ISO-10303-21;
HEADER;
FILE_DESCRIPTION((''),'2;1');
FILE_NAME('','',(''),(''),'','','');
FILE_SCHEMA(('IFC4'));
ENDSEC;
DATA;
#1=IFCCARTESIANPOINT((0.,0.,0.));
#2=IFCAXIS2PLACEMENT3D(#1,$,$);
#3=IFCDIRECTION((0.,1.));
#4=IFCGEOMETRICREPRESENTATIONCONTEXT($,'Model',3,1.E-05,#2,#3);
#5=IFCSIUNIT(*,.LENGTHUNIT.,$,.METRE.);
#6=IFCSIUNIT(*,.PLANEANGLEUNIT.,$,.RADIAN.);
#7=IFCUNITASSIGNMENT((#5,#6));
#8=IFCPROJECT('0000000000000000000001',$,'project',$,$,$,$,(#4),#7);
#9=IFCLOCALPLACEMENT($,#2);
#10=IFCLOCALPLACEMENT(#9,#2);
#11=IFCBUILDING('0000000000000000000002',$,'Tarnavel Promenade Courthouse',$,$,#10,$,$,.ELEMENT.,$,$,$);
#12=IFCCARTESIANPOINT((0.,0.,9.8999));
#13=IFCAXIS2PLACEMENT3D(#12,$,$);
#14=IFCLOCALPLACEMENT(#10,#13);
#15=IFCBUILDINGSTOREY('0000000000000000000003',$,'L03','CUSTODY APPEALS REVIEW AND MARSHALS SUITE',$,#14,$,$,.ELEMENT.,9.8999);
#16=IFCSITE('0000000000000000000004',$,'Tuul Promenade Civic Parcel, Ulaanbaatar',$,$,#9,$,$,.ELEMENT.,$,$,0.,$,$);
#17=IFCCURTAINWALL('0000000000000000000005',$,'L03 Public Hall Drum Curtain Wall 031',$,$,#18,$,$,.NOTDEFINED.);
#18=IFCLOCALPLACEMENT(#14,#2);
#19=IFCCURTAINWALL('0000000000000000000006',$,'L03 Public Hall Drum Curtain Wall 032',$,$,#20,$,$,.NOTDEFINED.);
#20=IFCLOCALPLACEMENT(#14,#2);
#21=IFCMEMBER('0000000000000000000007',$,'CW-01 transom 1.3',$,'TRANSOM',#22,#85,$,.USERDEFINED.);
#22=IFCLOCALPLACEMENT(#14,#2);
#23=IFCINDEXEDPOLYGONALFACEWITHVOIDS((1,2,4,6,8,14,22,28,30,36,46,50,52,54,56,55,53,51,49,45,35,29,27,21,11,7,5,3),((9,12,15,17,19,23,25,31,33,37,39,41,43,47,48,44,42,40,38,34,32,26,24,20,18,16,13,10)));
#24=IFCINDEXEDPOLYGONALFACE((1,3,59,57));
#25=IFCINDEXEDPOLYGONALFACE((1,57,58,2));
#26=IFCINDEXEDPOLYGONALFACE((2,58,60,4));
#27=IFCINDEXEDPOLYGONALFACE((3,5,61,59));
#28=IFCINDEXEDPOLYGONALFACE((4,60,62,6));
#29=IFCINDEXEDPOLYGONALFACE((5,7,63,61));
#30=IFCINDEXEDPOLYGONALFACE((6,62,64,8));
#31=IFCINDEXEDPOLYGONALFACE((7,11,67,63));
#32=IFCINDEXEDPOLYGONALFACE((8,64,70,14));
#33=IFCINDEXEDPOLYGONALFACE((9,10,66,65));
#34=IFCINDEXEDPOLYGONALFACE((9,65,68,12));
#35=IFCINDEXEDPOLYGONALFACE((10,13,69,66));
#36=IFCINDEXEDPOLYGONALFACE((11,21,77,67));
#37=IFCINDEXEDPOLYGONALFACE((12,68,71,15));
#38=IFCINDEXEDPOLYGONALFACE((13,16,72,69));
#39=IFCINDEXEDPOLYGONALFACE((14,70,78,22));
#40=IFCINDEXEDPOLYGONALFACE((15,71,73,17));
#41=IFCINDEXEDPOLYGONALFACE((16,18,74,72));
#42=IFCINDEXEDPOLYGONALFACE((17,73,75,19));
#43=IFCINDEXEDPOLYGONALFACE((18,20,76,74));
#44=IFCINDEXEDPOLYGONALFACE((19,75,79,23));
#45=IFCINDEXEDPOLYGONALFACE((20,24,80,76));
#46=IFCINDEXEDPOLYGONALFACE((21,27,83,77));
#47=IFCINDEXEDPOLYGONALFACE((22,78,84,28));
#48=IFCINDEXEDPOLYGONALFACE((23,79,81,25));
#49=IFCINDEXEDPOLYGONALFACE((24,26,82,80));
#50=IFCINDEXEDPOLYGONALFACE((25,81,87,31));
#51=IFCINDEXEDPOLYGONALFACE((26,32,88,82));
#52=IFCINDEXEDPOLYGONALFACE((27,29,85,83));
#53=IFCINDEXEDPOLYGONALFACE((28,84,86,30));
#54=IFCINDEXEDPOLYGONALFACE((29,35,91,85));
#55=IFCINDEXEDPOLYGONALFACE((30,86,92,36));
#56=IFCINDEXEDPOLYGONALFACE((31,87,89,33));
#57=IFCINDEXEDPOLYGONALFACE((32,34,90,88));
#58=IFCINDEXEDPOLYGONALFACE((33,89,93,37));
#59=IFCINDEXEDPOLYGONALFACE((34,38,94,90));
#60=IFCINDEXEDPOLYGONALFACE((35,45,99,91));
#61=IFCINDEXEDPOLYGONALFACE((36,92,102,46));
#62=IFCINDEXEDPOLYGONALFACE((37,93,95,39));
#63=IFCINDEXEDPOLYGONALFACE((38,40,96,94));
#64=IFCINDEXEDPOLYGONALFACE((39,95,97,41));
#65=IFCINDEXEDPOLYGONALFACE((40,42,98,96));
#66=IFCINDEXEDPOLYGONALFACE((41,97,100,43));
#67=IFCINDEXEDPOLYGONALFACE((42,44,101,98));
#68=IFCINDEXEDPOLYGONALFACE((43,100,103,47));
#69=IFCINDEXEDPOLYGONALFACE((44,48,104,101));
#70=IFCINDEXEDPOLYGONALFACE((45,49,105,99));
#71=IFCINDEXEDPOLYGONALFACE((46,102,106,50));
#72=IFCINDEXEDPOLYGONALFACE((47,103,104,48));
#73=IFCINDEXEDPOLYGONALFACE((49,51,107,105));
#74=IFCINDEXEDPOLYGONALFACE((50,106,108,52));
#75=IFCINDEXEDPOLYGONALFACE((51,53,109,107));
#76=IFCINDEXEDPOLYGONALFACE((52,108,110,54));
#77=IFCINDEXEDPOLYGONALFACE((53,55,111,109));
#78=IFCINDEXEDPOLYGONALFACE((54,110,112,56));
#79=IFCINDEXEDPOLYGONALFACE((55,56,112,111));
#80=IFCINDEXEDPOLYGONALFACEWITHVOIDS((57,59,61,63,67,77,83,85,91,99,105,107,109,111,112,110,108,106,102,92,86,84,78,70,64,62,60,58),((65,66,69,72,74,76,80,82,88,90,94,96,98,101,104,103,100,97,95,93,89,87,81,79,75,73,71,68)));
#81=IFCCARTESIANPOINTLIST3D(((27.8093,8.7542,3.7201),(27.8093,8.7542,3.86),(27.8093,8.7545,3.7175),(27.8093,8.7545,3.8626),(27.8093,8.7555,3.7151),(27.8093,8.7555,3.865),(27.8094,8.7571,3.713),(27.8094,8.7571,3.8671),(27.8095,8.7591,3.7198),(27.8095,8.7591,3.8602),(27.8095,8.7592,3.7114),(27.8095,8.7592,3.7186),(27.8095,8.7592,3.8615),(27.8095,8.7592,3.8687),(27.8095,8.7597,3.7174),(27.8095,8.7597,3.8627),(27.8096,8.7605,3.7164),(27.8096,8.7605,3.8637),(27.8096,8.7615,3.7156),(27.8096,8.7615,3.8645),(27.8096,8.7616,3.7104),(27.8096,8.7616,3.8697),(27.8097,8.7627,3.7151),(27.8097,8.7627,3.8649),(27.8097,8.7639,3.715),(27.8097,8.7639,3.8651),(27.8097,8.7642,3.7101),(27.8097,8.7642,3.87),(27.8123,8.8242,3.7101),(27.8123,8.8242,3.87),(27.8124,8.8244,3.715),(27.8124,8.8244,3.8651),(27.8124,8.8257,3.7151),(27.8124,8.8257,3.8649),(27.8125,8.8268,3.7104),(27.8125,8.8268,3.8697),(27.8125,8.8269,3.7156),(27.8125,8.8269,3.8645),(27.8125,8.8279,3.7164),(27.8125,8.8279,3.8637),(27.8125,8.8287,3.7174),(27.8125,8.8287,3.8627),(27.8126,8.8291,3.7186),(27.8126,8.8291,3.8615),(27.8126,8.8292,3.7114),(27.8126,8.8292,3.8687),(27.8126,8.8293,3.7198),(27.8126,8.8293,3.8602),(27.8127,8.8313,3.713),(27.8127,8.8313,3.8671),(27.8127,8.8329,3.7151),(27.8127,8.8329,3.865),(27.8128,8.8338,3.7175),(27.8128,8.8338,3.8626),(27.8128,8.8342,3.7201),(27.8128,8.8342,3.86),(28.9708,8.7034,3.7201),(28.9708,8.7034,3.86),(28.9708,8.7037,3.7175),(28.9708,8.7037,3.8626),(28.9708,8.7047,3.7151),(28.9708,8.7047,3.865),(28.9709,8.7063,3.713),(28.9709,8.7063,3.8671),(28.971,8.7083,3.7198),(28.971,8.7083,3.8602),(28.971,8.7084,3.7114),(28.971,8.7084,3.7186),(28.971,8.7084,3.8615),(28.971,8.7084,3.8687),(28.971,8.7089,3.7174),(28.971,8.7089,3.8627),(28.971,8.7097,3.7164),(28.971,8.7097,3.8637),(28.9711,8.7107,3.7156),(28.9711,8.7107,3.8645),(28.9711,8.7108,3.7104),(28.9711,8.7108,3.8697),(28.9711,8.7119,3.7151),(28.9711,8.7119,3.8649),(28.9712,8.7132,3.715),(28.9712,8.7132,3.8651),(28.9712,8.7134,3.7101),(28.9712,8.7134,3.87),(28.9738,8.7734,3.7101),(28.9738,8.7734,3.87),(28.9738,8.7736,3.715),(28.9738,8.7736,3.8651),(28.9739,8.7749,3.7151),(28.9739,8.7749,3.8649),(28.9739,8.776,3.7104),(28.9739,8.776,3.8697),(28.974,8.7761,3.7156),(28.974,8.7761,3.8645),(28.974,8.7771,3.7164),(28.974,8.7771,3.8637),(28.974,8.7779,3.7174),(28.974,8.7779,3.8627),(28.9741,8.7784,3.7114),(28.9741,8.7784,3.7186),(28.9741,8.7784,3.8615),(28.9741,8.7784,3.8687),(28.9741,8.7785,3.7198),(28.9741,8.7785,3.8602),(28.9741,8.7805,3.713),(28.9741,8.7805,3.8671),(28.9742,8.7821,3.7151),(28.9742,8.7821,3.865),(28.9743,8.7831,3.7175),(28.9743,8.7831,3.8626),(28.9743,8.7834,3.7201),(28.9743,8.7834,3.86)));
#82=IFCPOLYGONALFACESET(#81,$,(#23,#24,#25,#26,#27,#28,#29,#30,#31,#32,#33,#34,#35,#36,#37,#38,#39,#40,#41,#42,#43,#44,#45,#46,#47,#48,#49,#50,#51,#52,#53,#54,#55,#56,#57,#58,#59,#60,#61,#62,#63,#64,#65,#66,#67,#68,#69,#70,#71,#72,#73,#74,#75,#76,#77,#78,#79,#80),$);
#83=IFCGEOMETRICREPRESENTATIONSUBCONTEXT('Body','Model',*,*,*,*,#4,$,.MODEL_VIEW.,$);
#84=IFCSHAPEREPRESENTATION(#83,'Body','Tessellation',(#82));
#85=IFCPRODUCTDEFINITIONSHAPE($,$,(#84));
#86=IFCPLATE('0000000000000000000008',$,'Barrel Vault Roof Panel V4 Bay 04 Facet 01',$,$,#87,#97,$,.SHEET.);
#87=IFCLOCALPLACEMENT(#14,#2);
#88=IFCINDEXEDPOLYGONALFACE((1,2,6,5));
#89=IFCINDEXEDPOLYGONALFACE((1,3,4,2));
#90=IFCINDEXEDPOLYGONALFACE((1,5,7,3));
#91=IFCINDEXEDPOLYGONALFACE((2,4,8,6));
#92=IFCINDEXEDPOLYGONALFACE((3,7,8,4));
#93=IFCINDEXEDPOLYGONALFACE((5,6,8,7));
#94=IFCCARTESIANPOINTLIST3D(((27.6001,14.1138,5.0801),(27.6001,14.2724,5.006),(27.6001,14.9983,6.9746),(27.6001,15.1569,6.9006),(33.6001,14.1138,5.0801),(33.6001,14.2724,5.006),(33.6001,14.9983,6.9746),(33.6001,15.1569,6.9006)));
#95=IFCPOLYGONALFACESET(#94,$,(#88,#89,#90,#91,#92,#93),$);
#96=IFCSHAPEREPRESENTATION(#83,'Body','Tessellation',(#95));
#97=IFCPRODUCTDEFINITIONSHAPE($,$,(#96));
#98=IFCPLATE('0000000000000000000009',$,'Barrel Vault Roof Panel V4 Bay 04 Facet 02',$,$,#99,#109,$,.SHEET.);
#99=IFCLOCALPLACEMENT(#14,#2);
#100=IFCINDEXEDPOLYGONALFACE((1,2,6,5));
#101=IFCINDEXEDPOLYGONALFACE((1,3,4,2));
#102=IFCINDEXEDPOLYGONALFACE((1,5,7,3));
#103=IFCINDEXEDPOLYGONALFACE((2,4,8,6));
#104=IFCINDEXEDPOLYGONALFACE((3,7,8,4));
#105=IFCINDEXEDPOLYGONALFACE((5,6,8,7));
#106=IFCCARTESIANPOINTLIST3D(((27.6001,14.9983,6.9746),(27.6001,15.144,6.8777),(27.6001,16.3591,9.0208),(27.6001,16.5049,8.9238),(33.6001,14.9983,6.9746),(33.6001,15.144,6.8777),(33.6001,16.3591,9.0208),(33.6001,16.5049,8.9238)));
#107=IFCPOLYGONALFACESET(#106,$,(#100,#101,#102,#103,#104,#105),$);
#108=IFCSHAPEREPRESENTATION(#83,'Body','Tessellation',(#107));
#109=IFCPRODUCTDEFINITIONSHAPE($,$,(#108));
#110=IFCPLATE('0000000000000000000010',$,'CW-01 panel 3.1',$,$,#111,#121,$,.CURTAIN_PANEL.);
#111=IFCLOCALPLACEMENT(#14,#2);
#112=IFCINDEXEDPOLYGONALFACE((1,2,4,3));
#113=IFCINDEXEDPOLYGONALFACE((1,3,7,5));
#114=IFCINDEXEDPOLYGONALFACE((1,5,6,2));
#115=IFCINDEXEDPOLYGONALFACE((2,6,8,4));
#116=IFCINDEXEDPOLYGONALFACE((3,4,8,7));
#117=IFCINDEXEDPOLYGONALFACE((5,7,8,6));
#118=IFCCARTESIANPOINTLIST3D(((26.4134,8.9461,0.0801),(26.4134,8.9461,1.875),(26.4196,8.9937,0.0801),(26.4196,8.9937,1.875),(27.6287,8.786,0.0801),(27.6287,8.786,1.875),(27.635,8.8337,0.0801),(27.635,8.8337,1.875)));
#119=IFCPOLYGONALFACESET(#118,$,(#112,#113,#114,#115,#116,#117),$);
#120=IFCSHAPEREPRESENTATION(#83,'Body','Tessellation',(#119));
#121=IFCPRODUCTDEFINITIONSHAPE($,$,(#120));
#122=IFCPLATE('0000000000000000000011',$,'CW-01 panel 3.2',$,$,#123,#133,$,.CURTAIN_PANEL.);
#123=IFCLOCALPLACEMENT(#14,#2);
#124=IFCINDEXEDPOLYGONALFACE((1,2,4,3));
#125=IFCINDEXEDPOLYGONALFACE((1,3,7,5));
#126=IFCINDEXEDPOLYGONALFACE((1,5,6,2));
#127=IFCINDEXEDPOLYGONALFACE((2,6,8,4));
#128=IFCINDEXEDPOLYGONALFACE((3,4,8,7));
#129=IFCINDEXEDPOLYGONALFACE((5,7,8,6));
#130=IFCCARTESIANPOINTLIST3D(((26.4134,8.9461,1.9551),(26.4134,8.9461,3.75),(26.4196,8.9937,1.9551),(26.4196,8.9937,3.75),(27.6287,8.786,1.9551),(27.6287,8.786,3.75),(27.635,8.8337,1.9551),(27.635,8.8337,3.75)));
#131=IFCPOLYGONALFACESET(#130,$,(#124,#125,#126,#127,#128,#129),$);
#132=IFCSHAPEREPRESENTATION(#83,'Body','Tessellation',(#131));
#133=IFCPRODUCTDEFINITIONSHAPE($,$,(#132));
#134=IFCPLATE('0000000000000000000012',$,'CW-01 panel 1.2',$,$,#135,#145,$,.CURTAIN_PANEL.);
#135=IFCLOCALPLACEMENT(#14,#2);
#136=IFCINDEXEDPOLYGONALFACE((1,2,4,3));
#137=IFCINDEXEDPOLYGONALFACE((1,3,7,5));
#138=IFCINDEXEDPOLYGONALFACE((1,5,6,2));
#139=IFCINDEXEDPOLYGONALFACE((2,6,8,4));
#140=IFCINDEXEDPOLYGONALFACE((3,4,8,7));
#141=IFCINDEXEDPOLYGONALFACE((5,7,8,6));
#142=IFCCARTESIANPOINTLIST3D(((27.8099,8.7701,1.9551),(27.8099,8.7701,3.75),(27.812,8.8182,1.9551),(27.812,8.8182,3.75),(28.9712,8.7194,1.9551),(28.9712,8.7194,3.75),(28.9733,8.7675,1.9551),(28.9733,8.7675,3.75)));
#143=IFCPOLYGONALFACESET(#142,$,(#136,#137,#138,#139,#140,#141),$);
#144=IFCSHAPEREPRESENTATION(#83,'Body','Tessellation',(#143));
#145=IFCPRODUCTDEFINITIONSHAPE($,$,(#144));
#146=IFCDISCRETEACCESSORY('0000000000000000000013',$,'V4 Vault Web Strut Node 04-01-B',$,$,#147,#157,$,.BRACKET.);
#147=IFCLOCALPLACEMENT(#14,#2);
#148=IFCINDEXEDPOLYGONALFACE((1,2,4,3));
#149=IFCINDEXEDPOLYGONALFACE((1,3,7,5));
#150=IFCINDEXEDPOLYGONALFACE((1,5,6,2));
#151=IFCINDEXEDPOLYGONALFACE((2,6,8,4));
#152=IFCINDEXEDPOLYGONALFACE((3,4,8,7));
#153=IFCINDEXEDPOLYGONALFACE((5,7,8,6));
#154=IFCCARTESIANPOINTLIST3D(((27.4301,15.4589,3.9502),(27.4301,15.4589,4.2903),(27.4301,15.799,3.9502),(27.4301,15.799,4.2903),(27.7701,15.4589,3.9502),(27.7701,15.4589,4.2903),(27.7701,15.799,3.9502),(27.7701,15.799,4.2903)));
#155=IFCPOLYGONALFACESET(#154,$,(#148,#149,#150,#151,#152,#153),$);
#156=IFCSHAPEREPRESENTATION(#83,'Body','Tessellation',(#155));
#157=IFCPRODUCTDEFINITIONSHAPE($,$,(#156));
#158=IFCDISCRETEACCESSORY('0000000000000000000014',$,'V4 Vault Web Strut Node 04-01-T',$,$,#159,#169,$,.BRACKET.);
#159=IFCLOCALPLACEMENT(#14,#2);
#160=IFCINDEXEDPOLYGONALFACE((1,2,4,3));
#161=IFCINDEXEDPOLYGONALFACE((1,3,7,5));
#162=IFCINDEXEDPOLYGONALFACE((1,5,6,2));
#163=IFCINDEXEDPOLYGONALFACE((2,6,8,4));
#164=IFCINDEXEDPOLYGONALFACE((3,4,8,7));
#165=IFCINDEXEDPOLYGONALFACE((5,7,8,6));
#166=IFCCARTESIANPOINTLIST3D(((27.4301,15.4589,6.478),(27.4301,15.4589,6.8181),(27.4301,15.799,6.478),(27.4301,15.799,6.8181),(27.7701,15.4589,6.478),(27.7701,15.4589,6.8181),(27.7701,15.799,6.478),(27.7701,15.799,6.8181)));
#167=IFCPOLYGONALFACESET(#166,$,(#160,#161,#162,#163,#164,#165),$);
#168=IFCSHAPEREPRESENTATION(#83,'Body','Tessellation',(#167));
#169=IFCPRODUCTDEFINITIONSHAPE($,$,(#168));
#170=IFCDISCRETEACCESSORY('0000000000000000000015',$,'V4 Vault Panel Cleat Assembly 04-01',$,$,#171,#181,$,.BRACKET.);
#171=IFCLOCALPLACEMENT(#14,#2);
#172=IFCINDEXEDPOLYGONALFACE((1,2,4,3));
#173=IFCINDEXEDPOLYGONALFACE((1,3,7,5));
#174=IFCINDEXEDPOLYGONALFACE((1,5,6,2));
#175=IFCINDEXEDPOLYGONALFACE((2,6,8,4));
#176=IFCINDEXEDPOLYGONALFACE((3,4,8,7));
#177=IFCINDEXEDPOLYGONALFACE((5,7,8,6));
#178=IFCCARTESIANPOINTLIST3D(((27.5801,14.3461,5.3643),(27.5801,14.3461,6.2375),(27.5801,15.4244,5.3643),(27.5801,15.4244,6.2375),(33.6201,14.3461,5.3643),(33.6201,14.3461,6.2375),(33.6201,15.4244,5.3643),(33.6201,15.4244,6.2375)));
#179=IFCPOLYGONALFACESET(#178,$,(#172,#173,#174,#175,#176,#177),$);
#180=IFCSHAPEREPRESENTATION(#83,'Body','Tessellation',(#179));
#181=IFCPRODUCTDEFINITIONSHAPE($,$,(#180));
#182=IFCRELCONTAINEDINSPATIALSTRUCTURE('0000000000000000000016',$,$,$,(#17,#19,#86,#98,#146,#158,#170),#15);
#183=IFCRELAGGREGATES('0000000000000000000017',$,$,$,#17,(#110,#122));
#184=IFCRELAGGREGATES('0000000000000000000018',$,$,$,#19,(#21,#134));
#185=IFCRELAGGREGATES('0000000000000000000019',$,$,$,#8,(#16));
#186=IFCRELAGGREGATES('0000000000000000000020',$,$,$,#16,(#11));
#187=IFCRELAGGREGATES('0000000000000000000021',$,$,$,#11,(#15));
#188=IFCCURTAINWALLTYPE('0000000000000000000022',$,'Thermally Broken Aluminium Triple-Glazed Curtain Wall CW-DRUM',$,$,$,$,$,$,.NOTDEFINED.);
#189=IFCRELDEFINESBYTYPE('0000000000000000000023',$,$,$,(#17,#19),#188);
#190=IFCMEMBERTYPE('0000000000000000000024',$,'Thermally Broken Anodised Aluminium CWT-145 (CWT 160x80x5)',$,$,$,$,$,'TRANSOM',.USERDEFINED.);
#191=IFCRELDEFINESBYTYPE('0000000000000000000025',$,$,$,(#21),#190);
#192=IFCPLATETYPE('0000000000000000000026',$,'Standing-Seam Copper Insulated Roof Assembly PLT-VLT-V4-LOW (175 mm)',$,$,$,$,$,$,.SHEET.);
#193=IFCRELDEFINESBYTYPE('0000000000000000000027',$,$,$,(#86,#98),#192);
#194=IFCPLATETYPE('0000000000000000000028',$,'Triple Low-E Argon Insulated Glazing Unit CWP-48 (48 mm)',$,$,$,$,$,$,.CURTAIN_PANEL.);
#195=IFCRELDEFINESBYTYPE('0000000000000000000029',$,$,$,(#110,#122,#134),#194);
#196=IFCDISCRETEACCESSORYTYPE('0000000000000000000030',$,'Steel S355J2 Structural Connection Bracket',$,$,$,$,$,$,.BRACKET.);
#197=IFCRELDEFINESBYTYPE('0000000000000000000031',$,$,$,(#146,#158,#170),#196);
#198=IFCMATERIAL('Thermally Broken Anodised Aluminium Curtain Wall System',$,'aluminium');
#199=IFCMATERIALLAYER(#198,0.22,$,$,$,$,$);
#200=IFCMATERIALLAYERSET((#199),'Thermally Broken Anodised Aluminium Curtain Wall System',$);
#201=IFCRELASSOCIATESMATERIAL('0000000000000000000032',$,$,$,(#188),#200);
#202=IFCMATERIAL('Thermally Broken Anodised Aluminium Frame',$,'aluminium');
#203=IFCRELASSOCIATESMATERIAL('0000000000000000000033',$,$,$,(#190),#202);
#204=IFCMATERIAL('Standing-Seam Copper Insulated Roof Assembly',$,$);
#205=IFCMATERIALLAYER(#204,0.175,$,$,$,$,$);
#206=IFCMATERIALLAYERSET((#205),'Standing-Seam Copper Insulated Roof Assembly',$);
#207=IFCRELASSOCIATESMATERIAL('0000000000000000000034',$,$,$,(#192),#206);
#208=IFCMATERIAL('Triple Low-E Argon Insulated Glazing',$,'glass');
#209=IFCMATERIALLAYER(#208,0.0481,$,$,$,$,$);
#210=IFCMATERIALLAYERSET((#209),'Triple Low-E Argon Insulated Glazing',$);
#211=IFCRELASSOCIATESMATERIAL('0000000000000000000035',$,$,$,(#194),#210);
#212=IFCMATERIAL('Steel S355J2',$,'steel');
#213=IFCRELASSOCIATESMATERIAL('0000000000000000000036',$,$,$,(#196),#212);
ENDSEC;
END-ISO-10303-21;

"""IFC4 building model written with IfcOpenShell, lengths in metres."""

from ifc_helpers import new_model, si_unit, direction, frame, origin, origin_2d, place, context, subcontext, project, spatial, polyline, rectangle, hollow_rectangle, outline, extrude, material, layer, layer_set, material_profile, profile_set, type_object, element, aggregate, save


model = new_model("IFC4")

# Units and contexts
model_context = context("Model", 3, precision=1e-05, world=origin(), true_north=direction((0.0, 1.0)))
body_context = subcontext(model_context, "Body", "Model", "MODEL_VIEW")
ifc_project = project(units=[si_unit("LENGTHUNIT", "METRE"), si_unit("PLANEANGLEUNIT", "RADIAN")], contexts=[model_context])

# Site, building, storey
site_placement = place(None, origin())
site = spatial("IfcSite", under=ifc_project, at=site_placement, Name="Tuul Promenade Civic Parcel, Ulaanbaatar", CompositionType="ELEMENT", RefElevation=0.0)
building_placement = place(site_placement, origin())
building = spatial("IfcBuilding", under=site, at=building_placement, Name="Tarnavel Promenade Courthouse", CompositionType="ELEMENT")
storey_placement = place(building_placement, frame((0.0, 0.0, 9.8999)))
storey = spatial("IfcBuildingStorey", under=building, at=storey_placement, Name="L03", Description="CUSTODY APPEALS REVIEW AND MARSHALS SUITE", CompositionType="ELEMENT", Elevation=9.8999)

# Shared definitions
ifc_material_1 = material(Name="Steel S355J2", Category="steel")

# Curtain wall
ifc_material_2 = material(Name="Thermally Broken Anodised Aluminium Curtain Wall System", Category="aluminium")
ifc_layer_1 = layer(ifc_material_2, 0.22)
ifc_layer_set_1 = layer_set([ifc_layer_1], Name="Thermally Broken Anodised Aluminium Curtain Wall System")
curtain_wall_type = type_object("IfcCurtainWallType", Name="Thermally Broken Aluminium Triple-Glazed Curtain Wall CW-DRUM", PredefinedType="NOTDEFINED", material=ifc_layer_set_1)
curtain_wall_1_placement = place(storey_placement, origin())
curtain_wall_1 = element("IfcCurtainWall", 1, at=curtain_wall_1_placement, inside=storey, type_object=curtain_wall_type, Name="L03 Public Hall Drum Curtain Wall 031", PredefinedType="NOTDEFINED")
ifc_material_3 = material(Name="Thermally Broken Anodised Aluminium Frame", Category="aluminium")

# Curtain wall, member
curtain_wall_2_placement = place(storey_placement, origin())
curtain_wall_2 = element("IfcCurtainWall", 2, at=curtain_wall_2_placement, inside=storey, type_object=curtain_wall_type, Name="L03 Public Hall Drum Curtain Wall 032", PredefinedType="NOTDEFINED")
ifc_material_profile_1 = material_profile(ifc_material_3, hollow_rectangle(XDim=0.0801, YDim=0.1599, WallThickness=0.0049, InnerFilletRadius=0.0049, OuterFilletRadius=0.01, at=origin_2d()), Name="CWT 160x80x5")
ifc_profile_set_1 = profile_set([ifc_material_profile_1], Name="Thermally Broken Anodised Aluminium Frame")
member_type_1 = type_object("IfcMemberType", Name="Thermally Broken Anodised Aluminium CWT-145 (CWT 160x80x5)", ElementType="TRANSOM", PredefinedType="USERDEFINED", material=ifc_profile_set_1)
member_1_placement = place(storey_placement, frame((27.811, 8.7942, 3.79), z_axis=(0.999045, -0.043683, 0.0), x_axis=(0.043683, 0.999045, 0.0)))
member_1 = element("IfcMember", 3, at=member_1_placement, type_object=member_type_1, Name="CW-01 transom 1.3", ObjectType="TRANSOM", PredefinedType="USERDEFINED", context=body_context, shape_type="SweptSolid", body=[
    extrude(hollow_rectangle(XDim=0.0801, YDim=0.1599, WallThickness=0.0049, InnerFilletRadius=0.0049, OuterFilletRadius=0.01, at=origin_2d()), origin(), (0.0, 0.0, 1.0), 1.1626),
])

# Plates
ifc_material_4 = material(Name="Standing-Seam Copper Insulated Roof Assembly")
ifc_layer_2 = layer(ifc_material_4, 0.175)
ifc_layer_set_2 = layer_set([ifc_layer_2], Name="Standing-Seam Copper Insulated Roof Assembly")
plate_type_1 = type_object("IfcPlateType", Name="Standing-Seam Copper Insulated Roof Assembly PLT-VLT-V4-LOW (175 mm)", PredefinedType="SHEET", material=ifc_layer_set_2)
plate_1_placement = place(storey_placement, frame((27.6001, 14.1138, 5.0801), z_axis=(0.0, -0.906109, 0.423045), x_axis=(1.0, 0.0, 0.0)))
element("IfcPlate", 4, at=plate_1_placement, inside=storey, type_object=plate_type_1, Name="Barrel Vault Roof Panel V4 Bay 04 Facet 01", PredefinedType="SHEET", context=body_context, shape_type="SweptSolid", body=[
    extrude(outline(polyline([(0.0, 0.0), (6.0, 0.0), (6.0, 2.0908), (0.0, 2.0908), (0.0, 0.0)])), origin(), (0.0, 0.0, -1.0), 0.175),
])
plate_2_placement = place(storey_placement, frame((27.6001, 14.9983, 6.9746), z_axis=(0.0, -0.832661, 0.553783), x_axis=(1.0, 0.0, 0.0)))
element("IfcPlate", 5, at=plate_2_placement, inside=storey, type_object=plate_type_1, Name="Barrel Vault Roof Panel V4 Bay 04 Facet 02", PredefinedType="SHEET", context=body_context, shape_type="SweptSolid", body=[
    extrude(outline(polyline([(0.0, 0.0), (6.0, 0.0), (6.0, 2.4574), (0.0, 2.4574), (0.0, 0.0)])), origin(), (0.0, 0.0, -1.0), 0.175),
])

# Plates
ifc_material_5 = material(Name="Triple Low-E Argon Insulated Glazing", Category="glass")
ifc_layer_3 = layer(ifc_material_5, 0.0481)
ifc_layer_set_3 = layer_set([ifc_layer_3], Name="Triple Low-E Argon Insulated Glazing")
plate_type_2 = type_object("IfcPlateType", Name="Triple Low-E Argon Insulated Glazing Unit CWP-48 (48 mm)", PredefinedType="CURTAIN_PANEL", material=ifc_layer_set_3)
plate_3_placement = place(storey_placement, frame((27.0242, 8.8899, 0.0801), z_axis=(0.0, 0.0, 1.0), x_axis=(0.991445, -0.130527, 0.0)))
plate_3 = element("IfcPlate", 6, at=plate_3_placement, type_object=plate_type_2, Name="CW-01 panel 3.1", PredefinedType="CURTAIN_PANEL", context=body_context, shape_type="SweptSolid", body=[
    extrude(rectangle(XDim=1.2258, YDim=0.0481, at=origin_2d()), origin(), (0.0, 0.0, 1.0), 1.7949),
])
plate_4_placement = place(storey_placement, frame((27.0242, 8.8899, 1.9551), z_axis=(0.0, 0.0, 1.0), x_axis=(0.991445, -0.130527, 0.0)))
plate_4 = element("IfcPlate", 7, at=plate_4_placement, type_object=plate_type_2, Name="CW-01 panel 3.2", PredefinedType="CURTAIN_PANEL", context=body_context, shape_type="SweptSolid", body=[
    extrude(rectangle(XDim=1.2258, YDim=0.0481, at=origin_2d()), origin(), (0.0, 0.0, 1.0), 1.7949),
])
aggregate(curtain_wall_1, [plate_3, plate_4])
plate_5_placement = place(storey_placement, frame((28.3916, 8.7688, 1.9551), z_axis=(0.0, 0.0, 1.0), x_axis=(0.999048, -0.043619, 0.0)))
plate_5 = element("IfcPlate", 8, at=plate_5_placement, type_object=plate_type_2, Name="CW-01 panel 1.2", PredefinedType="CURTAIN_PANEL", context=body_context, shape_type="SweptSolid", body=[
    extrude(rectangle(XDim=1.1624, YDim=0.0481, at=origin_2d()), origin(), (0.0, 0.0, 1.0), 1.7949),
])
aggregate(curtain_wall_2, [member_1, plate_5])

# Discrete accessories
discrete_accessory_type = type_object("IfcDiscreteAccessoryType", Name="Steel S355J2 Structural Connection Bracket", PredefinedType="BRACKET", material=ifc_material_1)
for number, where, z_axis, x_axis, name in (
    (9, (27.6001, 15.6289, 3.9502), (0.0, 0.0, 1.0), (1.0, 0.0, 0.0), "V4 Vault Web Strut Node 04-01-B"),
    (10, (27.6001, 15.6289, 6.478), (0.0, 0.0, 1.0), (1.0, 0.0, 0.0), "V4 Vault Web Strut Node 04-01-T"),
):
    element("IfcDiscreteAccessory", number, at=place(storey_placement, frame(where, z_axis=z_axis, x_axis=x_axis)), inside=storey, type_object=discrete_accessory_type, Name=name, PredefinedType="BRACKET", context=body_context, shape_type="SweptSolid", body=[
        extrude(rectangle(XDim=0.3401, YDim=0.3401, at=origin_2d()), origin(), (0.0, 0.0, 1.0), 0.3401),
    ])
discrete_accessory_placement = place(storey_placement, frame((30.6001, 14.8853, 5.3643), z_axis=(0.0, 0.0, 1.0), x_axis=(1.0, 0.0, 0.0)))
element("IfcDiscreteAccessory", 11, at=discrete_accessory_placement, inside=storey, type_object=discrete_accessory_type, Name="V4 Vault Panel Cleat Assembly 04-01", PredefinedType="BRACKET", context=body_context, shape_type="SweptSolid", body=[
    extrude(rectangle(XDim=6.04, YDim=1.0784, at=origin_2d()), origin(), (0.0, 0.0, 1.0), 0.8733),
])

save(model, "model.ifc")
